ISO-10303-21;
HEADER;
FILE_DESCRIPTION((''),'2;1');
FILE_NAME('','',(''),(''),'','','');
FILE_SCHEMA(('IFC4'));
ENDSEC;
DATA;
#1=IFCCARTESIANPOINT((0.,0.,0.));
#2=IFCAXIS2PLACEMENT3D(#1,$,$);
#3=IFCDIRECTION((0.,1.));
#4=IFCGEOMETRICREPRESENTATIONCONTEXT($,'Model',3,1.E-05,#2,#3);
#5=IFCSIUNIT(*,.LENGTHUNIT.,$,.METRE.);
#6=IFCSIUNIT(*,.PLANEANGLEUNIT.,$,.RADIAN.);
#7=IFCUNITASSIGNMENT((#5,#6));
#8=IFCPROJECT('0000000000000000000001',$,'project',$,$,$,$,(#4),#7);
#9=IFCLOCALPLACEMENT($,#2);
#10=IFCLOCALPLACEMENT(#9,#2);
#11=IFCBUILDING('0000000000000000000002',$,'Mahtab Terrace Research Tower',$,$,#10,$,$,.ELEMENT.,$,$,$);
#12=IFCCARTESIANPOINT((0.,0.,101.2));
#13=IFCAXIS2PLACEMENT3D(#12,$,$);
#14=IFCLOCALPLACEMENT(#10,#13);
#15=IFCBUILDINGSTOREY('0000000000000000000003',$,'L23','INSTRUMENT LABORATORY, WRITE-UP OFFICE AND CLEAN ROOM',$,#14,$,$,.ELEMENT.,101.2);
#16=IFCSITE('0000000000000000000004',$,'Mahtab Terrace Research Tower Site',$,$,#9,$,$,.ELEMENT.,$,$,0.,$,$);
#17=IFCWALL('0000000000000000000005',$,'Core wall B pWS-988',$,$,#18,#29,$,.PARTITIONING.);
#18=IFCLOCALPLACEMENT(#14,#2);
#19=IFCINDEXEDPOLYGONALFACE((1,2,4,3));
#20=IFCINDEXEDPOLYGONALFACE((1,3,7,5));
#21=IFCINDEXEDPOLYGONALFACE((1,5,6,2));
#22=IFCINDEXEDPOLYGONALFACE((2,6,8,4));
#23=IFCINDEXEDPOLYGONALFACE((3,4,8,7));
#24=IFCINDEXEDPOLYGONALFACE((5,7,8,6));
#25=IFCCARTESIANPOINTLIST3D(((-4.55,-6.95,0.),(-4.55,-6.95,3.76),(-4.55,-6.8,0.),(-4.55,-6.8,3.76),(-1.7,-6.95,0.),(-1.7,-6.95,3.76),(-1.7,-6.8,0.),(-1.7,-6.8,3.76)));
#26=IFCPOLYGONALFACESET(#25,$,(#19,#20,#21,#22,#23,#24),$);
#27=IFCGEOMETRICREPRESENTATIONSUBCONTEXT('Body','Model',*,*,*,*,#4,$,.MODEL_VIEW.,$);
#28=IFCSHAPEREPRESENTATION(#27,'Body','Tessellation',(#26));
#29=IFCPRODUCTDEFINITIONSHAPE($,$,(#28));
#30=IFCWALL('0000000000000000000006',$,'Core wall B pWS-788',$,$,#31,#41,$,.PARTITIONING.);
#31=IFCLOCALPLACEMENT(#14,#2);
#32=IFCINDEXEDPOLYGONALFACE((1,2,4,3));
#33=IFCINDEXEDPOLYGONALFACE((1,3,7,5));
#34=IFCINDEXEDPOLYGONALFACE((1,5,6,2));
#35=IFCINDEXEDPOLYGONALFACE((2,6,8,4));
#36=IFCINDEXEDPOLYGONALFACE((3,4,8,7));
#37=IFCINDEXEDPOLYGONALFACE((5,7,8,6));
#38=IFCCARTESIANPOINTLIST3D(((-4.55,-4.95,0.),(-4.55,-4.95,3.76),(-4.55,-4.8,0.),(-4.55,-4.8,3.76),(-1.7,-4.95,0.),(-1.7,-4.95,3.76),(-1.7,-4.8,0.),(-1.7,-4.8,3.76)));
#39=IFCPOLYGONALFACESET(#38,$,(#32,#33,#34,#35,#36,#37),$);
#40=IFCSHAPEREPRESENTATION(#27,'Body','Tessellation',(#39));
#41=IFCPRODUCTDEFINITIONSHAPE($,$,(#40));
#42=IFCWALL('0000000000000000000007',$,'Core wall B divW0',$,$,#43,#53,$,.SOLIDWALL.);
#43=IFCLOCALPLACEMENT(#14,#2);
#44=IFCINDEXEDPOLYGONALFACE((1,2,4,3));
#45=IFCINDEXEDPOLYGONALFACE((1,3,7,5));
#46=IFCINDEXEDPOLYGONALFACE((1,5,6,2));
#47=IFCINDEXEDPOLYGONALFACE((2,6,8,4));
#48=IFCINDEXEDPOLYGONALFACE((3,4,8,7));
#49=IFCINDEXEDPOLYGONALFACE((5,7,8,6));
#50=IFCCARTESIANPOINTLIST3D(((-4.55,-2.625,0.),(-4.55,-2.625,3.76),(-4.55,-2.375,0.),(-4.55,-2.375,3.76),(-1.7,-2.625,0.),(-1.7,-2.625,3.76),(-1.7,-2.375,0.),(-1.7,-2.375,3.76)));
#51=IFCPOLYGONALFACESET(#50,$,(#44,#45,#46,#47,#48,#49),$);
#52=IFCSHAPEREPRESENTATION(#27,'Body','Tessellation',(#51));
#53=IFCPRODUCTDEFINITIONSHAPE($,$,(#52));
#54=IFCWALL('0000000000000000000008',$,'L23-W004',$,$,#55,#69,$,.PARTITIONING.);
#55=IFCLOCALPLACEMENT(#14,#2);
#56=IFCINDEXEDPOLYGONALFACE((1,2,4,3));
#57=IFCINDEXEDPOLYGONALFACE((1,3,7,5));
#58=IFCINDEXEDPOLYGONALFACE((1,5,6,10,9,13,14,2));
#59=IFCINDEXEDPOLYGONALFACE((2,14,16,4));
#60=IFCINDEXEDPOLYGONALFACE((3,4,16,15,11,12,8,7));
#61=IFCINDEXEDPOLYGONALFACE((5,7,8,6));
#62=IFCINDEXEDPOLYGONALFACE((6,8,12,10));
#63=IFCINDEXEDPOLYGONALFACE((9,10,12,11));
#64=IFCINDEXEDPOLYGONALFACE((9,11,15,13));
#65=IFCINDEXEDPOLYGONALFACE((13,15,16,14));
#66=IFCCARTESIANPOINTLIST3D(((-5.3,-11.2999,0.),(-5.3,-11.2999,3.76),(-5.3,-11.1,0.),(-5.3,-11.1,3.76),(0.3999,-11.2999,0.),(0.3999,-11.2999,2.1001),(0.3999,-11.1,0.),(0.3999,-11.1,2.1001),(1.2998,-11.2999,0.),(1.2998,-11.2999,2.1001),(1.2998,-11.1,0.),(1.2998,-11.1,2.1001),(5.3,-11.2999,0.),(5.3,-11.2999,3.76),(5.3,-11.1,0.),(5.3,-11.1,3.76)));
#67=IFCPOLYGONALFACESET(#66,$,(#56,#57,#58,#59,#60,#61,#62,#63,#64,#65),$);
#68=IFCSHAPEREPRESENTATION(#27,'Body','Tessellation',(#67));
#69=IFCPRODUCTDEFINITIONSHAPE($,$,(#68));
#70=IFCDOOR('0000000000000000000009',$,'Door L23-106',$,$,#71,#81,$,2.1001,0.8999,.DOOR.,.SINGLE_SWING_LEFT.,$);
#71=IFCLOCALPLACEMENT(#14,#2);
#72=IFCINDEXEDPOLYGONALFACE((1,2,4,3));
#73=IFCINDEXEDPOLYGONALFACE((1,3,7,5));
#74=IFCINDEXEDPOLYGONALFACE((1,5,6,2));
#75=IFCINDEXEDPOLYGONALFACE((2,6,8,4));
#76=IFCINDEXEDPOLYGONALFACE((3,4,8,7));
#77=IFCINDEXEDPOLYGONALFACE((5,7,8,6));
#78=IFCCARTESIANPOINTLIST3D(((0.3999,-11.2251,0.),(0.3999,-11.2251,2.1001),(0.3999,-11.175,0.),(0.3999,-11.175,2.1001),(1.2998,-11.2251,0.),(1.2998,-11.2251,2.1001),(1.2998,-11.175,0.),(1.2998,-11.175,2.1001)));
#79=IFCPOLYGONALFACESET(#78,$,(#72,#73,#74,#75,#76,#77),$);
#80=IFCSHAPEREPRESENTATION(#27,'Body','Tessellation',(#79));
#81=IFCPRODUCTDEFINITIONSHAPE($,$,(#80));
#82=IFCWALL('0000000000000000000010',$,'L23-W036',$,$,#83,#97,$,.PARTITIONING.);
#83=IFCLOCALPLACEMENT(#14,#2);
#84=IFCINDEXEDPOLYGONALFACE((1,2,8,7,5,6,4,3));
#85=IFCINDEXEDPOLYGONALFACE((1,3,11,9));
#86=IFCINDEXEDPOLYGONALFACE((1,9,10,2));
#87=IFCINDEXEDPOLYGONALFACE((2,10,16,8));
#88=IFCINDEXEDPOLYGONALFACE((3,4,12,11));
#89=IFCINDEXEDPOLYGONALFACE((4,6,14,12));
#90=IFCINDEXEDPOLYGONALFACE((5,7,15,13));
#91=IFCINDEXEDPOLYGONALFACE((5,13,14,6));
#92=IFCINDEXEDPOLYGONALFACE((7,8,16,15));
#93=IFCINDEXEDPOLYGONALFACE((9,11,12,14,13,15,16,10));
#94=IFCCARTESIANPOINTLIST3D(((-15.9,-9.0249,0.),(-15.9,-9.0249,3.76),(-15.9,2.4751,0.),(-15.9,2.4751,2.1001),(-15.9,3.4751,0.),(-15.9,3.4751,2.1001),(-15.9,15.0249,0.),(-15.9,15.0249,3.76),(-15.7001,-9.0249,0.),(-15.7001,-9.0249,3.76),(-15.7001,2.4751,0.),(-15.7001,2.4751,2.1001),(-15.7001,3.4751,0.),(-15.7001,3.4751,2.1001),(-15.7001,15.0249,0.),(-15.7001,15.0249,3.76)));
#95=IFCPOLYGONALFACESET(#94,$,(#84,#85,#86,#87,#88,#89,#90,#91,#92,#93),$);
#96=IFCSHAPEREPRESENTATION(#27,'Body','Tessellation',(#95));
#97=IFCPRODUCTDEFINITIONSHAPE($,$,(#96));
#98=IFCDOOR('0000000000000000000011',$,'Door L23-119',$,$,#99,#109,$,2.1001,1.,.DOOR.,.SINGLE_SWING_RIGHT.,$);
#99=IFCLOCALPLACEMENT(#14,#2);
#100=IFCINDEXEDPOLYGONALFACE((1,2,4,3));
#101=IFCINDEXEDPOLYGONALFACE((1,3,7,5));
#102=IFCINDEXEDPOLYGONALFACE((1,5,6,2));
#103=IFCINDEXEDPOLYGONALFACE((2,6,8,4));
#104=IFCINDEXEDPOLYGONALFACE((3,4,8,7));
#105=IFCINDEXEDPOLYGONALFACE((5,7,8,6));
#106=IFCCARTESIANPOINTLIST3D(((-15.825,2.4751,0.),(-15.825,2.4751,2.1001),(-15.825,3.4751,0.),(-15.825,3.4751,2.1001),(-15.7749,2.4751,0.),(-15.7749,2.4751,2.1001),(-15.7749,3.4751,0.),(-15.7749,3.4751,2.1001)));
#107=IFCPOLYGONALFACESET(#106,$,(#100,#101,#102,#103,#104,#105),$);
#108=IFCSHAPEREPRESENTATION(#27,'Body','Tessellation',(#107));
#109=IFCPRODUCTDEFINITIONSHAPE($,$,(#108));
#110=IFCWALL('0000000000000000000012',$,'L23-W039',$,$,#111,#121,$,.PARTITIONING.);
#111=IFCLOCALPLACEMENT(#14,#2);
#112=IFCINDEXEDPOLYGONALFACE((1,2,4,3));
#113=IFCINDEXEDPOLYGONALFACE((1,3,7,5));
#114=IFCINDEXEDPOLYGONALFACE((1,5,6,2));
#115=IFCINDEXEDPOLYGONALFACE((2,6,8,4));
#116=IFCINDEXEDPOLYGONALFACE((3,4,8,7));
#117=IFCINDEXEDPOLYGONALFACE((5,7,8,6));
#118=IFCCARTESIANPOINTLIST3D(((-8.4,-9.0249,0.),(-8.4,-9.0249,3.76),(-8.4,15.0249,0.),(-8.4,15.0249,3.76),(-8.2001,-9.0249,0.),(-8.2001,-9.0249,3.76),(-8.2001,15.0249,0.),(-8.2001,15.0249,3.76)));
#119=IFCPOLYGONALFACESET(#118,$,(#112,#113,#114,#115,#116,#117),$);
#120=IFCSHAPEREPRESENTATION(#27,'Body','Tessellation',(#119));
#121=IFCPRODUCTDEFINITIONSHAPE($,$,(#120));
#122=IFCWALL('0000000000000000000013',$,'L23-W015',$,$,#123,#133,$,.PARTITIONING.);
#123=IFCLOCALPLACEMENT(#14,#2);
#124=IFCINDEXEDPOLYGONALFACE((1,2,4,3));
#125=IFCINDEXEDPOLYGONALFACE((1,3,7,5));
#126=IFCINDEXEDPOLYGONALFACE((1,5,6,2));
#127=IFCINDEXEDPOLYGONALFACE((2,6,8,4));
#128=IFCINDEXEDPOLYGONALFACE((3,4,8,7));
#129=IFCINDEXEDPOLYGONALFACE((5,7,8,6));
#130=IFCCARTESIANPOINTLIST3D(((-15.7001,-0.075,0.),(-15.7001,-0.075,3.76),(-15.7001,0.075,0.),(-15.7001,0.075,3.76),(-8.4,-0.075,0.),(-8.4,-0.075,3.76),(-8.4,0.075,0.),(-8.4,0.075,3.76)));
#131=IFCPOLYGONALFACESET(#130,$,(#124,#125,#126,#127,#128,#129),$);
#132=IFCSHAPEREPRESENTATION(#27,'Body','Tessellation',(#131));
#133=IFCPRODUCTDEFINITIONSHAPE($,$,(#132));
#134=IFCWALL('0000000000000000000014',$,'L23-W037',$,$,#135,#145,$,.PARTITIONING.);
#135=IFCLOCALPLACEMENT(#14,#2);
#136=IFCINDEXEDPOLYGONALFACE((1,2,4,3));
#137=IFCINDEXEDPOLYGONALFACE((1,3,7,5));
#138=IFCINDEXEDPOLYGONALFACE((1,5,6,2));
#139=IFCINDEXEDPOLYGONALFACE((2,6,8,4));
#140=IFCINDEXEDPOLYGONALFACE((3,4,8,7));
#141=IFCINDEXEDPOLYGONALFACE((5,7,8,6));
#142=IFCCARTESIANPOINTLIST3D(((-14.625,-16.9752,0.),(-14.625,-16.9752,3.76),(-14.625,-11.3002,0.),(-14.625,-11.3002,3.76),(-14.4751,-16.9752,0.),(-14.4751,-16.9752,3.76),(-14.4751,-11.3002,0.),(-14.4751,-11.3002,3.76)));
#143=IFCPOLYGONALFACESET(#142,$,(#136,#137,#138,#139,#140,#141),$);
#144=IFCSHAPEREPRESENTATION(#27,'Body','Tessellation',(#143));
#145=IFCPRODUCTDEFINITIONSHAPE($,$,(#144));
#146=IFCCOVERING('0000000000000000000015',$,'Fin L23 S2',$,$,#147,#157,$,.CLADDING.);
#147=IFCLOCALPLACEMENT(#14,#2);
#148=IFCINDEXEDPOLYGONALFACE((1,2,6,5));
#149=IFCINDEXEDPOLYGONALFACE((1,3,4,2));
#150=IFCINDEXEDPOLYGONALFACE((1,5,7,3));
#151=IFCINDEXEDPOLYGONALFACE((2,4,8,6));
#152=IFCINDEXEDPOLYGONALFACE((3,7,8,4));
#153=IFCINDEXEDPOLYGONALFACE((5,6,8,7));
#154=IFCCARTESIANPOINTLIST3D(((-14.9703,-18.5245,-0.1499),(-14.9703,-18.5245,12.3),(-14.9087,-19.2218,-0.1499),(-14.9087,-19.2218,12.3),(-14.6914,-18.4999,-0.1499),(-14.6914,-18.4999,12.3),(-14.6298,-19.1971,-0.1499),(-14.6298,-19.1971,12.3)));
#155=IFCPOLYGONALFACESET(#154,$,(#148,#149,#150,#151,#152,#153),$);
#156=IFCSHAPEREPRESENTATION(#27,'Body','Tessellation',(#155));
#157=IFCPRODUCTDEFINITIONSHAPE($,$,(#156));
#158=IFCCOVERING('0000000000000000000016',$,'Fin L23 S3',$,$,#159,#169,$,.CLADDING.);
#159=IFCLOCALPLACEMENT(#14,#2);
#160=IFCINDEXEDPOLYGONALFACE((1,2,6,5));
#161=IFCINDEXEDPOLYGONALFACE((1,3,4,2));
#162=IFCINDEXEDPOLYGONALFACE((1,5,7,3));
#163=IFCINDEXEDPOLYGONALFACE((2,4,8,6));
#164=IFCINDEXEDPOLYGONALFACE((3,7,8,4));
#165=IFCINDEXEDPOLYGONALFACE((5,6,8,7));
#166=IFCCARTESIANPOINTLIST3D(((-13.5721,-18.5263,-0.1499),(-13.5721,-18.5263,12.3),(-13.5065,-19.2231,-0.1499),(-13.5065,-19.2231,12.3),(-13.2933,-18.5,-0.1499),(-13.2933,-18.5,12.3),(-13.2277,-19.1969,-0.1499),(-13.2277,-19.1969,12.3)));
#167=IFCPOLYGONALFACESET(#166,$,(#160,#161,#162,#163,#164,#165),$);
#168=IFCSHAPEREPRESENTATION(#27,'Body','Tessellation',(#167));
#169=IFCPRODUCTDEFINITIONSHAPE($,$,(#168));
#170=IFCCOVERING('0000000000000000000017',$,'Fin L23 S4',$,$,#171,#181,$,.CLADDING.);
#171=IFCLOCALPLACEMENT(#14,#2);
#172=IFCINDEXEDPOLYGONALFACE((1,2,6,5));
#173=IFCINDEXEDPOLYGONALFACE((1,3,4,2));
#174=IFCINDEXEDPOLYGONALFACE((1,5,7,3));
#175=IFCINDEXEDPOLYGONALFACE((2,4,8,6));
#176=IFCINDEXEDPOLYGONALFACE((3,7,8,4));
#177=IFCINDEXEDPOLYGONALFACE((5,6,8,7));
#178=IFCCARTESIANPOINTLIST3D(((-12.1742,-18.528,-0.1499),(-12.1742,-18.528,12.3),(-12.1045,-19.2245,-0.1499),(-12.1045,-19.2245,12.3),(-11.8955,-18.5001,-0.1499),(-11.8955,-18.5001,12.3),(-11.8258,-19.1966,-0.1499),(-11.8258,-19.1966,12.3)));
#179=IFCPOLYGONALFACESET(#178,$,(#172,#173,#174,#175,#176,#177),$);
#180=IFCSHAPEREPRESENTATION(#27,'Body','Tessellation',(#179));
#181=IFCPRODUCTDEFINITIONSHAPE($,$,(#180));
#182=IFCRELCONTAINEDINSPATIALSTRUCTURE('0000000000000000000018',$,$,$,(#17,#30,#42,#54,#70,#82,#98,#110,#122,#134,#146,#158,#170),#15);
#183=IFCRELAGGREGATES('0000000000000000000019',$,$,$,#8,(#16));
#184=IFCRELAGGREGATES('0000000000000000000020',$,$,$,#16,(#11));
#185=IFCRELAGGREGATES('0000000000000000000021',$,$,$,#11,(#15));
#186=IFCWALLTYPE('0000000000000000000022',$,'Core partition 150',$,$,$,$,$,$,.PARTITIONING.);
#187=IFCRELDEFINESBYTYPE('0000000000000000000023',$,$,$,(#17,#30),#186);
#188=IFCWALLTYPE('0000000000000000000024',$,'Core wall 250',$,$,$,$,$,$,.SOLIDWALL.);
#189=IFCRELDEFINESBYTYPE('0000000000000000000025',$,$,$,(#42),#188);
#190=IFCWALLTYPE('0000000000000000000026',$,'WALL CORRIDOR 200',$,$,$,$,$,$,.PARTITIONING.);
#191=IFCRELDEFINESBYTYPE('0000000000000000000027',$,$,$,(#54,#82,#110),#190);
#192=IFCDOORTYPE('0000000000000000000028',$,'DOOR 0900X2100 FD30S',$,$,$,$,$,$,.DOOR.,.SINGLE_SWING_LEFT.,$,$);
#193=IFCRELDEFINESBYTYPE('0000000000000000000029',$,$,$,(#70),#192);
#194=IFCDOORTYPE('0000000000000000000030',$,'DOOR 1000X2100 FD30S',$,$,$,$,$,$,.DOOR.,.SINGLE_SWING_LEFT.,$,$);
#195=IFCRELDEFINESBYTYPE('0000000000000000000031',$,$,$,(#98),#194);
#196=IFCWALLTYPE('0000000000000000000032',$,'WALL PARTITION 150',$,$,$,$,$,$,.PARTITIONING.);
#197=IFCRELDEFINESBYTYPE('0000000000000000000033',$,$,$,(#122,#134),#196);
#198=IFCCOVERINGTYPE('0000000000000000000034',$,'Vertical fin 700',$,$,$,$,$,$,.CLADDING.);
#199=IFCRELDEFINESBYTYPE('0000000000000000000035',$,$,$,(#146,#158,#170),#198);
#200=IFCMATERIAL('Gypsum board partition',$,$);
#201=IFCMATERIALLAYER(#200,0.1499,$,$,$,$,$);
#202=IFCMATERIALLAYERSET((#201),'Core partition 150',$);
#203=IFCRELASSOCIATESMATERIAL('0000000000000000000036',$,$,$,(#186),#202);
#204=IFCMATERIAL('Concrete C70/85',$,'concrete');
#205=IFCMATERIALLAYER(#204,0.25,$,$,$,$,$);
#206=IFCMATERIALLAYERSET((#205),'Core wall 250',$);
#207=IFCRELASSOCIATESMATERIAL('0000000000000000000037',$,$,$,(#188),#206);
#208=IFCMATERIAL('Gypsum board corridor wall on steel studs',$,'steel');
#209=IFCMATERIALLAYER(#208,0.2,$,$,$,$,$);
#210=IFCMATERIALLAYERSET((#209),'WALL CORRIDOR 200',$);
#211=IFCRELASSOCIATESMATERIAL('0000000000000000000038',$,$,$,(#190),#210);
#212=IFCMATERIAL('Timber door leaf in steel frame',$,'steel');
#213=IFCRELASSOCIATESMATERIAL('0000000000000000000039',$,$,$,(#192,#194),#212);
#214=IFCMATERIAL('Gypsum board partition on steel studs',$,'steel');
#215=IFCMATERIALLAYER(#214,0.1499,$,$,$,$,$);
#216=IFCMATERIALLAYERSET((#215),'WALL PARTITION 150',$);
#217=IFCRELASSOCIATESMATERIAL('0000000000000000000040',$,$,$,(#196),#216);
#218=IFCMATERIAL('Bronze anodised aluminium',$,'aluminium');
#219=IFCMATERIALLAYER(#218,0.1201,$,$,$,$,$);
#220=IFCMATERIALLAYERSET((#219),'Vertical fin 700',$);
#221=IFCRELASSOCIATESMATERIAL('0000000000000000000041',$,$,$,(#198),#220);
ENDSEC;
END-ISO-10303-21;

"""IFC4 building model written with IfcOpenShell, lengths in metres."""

from ifc_helpers import new_model, si_unit, direction, frame, frame_2d, origin, origin_2d, place, context, subcontext, project, spatial, rectangle, extrude, material, layer, layer_set, type_object, element, fill, save


model = new_model("IFC4")

# Units and contexts
model_context = context("Model", 3, precision=1e-05, world=origin(), true_north=direction((0.0, 1.0)))
body_context = subcontext(model_context, "Body", "Model", "MODEL_VIEW")
ifc_project = project(units=[si_unit("LENGTHUNIT", "METRE"), si_unit("PLANEANGLEUNIT", "RADIAN")], contexts=[model_context])

# Site, building, storey
site_placement = place(None, origin())
site = spatial("IfcSite", under=ifc_project, at=site_placement, Name="Mahtab Terrace Research Tower Site", CompositionType="ELEMENT", RefElevation=0.0)
building_placement = place(site_placement, origin())
building = spatial("IfcBuilding", under=site, at=building_placement, Name="Mahtab Terrace Research Tower", CompositionType="ELEMENT")
storey_placement = place(building_placement, frame((0.0, 0.0, 101.2)))
storey = spatial("IfcBuildingStorey", under=building, at=storey_placement, Name="L23", Description="INSTRUMENT LABORATORY, WRITE-UP OFFICE AND CLEAN ROOM", CompositionType="ELEMENT", Elevation=101.2)

# Shared definitions
ifc_material_1 = material(Name="Concrete C70/85", Category="concrete")

# Walls
ifc_material_2 = material(Name="Gypsum board partition")
ifc_layer_1 = layer(ifc_material_2, 0.1499)
ifc_layer_set_1 = layer_set([ifc_layer_1], Name="Core partition 150")
wall_type_1 = type_object("IfcWallType", Name="Core partition 150", PredefinedType="PARTITIONING", material=ifc_layer_set_1)
for number, where, z_axis, x_axis, name in (
    (1, (-4.55, -6.875, 0.0), (0.0, 0.0, 1.0), (1.0, 0.0, 0.0), "Core wall B pWS-988"),
    (2, (-4.55, -4.875, 0.0), (0.0, 0.0, 1.0), (1.0, 0.0, 0.0), "Core wall B pWS-788"),
):
    element("IfcWall", number, at=place(storey_placement, frame(where, z_axis=z_axis, x_axis=x_axis)), inside=storey, type_object=wall_type_1, Name=name, PredefinedType="PARTITIONING", context=body_context, shape_type="SweptSolid", body=[
        extrude(rectangle(XDim=2.8501, YDim=0.1499, at=frame_2d((1.425, 0.0))), origin(), (0.0, 0.0, 1.0), 3.76),
    ])
ifc_layer_2 = layer(ifc_material_1, 0.25)
ifc_layer_set_2 = layer_set([ifc_layer_2], Name="Core wall 250")
wall_type_2 = type_object("IfcWallType", Name="Core wall 250", PredefinedType="SOLIDWALL", material=ifc_layer_set_2)
wall_1_placement = place(storey_placement, frame((-4.55, -2.5, 0.0), z_axis=(0.0, 0.0, 1.0), x_axis=(1.0, 0.0, 0.0)))
element("IfcWall", 3, at=wall_1_placement, inside=storey, type_object=wall_type_2, Name="Core wall B divW0", PredefinedType="SOLIDWALL", context=body_context, shape_type="SweptSolid", body=[
    extrude(rectangle(XDim=2.8501, YDim=0.25, at=frame_2d((1.425, 0.0))), origin(), (0.0, 0.0, 1.0), 3.76),
])

# Walls, openings, doors
ifc_material_3 = material(Name="Gypsum board corridor wall on steel studs", Category="steel")
ifc_layer_3 = layer(ifc_material_3, 0.2)
ifc_layer_set_3 = layer_set([ifc_layer_3], Name="WALL CORRIDOR 200")
wall_type_3 = type_object("IfcWallType", Name="WALL CORRIDOR 200", PredefinedType="PARTITIONING", material=ifc_layer_set_3)
wall_2_placement = place(storey_placement, frame((-5.3, -11.2, 0.0), z_axis=(0.0, 0.0, 1.0), x_axis=(1.0, 0.0, 0.0)))
wall_2 = element("IfcWall", 4, at=wall_2_placement, inside=storey, type_object=wall_type_3, Name="L23-W004", PredefinedType="PARTITIONING", context=body_context, shape_type="SweptSolid", body=[
    extrude(rectangle(XDim=10.6001, YDim=0.2, at=frame_2d((5.3, 0.0))), origin(), (0.0, 0.0, 1.0), 3.76),
])
opening_1_placement = place(wall_2_placement, frame((5.7, 0.0, 0.0)))
opening_1 = element("IfcOpeningElement", 5, at=opening_1_placement, cuts=wall_2, PredefinedType="OPENING", context=body_context, shape_type="SweptSolid", body=[
    extrude(rectangle(XDim=0.8999, YDim=2.1001, at=frame_2d((0.45, 1.05))), frame((0.0, 0.1099, 0.0), z_axis=(0.0, -1.0, 0.0), x_axis=(1.0, 0.0, 0.0)), (0.0, 0.0, 1.0), 0.22),
])
ifc_material_4 = material(Name="Timber door leaf in steel frame", Category="steel")
door_type_1 = type_object("IfcDoorType", Name="DOOR 0900X2100 FD30S", OperationType="SINGLE_SWING_LEFT", PredefinedType="DOOR", material=ifc_material_4)
door_1_placement = place(opening_1_placement, origin())
door_1 = element("IfcDoor", 6, at=door_1_placement, inside=storey, type_object=door_type_1, Name="Door L23-106", OperationType="SINGLE_SWING_LEFT", OverallHeight=2.1001, OverallWidth=0.8999, PredefinedType="DOOR", context=body_context, shape_type="SweptSolid", body=[
    extrude(rectangle(XDim=0.8999, YDim=2.1001, at=frame_2d((0.45, 1.05))), frame((0.0, 0.0249, 0.0), z_axis=(0.0, -1.0, 0.0), x_axis=(1.0, 0.0, 0.0)), (0.0, 0.0, 1.0), 0.05),
])
fill(opening_1, door_1)
wall_3_placement = place(storey_placement, frame((-15.8, -9.0249, 0.0), z_axis=(0.0, 0.0, 1.0), x_axis=(0.0, 1.0, 0.0)))
wall_3 = element("IfcWall", 7, at=wall_3_placement, inside=storey, type_object=wall_type_3, Name="L23-W036", PredefinedType="PARTITIONING", context=body_context, shape_type="SweptSolid", body=[
    extrude(rectangle(XDim=24.0498, YDim=0.2, at=frame_2d((12.0249, 0.0))), origin(), (0.0, 0.0, 1.0), 3.76),
])
opening_2_placement = place(wall_3_placement, frame((11.5, 0.0, 0.0)))
opening_2 = element("IfcOpeningElement", 8, at=opening_2_placement, cuts=wall_3, PredefinedType="OPENING", context=body_context, shape_type="SweptSolid", body=[
    extrude(rectangle(XDim=1.0, YDim=2.1001, at=frame_2d((0.5, 1.05))), frame((0.0, 0.1099, 0.0), z_axis=(0.0, -1.0, 0.0), x_axis=(1.0, 0.0, 0.0)), (0.0, 0.0, 1.0), 0.22),
])
door_type_2 = type_object("IfcDoorType", Name="DOOR 1000X2100 FD30S", OperationType="SINGLE_SWING_LEFT", PredefinedType="DOOR", material=ifc_material_4)
door_2_placement = place(opening_2_placement, origin())
door_2 = element("IfcDoor", 9, at=door_2_placement, inside=storey, type_object=door_type_2, Name="Door L23-119", OperationType="SINGLE_SWING_RIGHT", OverallHeight=2.1001, OverallWidth=1.0, PredefinedType="DOOR", context=body_context, shape_type="SweptSolid", body=[
    extrude(rectangle(XDim=1.0, YDim=2.1001, at=frame_2d((0.5, 1.05))), frame((0.0, 0.0249, 0.0), z_axis=(0.0, -1.0, 0.0), x_axis=(1.0, 0.0, 0.0)), (0.0, 0.0, 1.0), 0.05),
])
fill(opening_2, door_2)

# Walls
wall_4_placement = place(storey_placement, frame((-8.3, -9.0249, 0.0), z_axis=(0.0, 0.0, 1.0), x_axis=(0.0, 1.0, 0.0)))
element("IfcWall", 10, at=wall_4_placement, inside=storey, type_object=wall_type_3, Name="L23-W039", PredefinedType="PARTITIONING", context=body_context, shape_type="SweptSolid", body=[
    extrude(rectangle(XDim=24.0498, YDim=0.2, at=frame_2d((12.0249, 0.0))), origin(), (0.0, 0.0, 1.0), 3.76),
])
ifc_material_5 = material(Name="Gypsum board partition on steel studs", Category="steel")
ifc_layer_4 = layer(ifc_material_5, 0.1499)
ifc_layer_set_4 = layer_set([ifc_layer_4], Name="WALL PARTITION 150")
wall_type_4 = type_object("IfcWallType", Name="WALL PARTITION 150", PredefinedType="PARTITIONING", material=ifc_layer_set_4)
wall_5_placement = place(storey_placement, frame((-15.7, 0.0, 0.0), z_axis=(0.0, 0.0, 1.0), x_axis=(1.0, 0.0, 0.0)))
element("IfcWall", 11, at=wall_5_placement, inside=storey, type_object=wall_type_4, Name="L23-W015", PredefinedType="PARTITIONING", context=body_context, shape_type="SweptSolid", body=[
    extrude(rectangle(XDim=7.3, YDim=0.1499, at=frame_2d((3.6499, 0.0))), origin(), (0.0, 0.0, 1.0), 3.76),
])
wall_6_placement = place(storey_placement, frame((-14.55, -16.9751, 0.0), z_axis=(0.0, 0.0, 1.0), x_axis=(0.0, 1.0, 0.0)))
element("IfcWall", 12, at=wall_6_placement, inside=storey, type_object=wall_type_4, Name="L23-W037", PredefinedType="PARTITIONING", context=body_context, shape_type="SweptSolid", body=[
    extrude(rectangle(XDim=5.675, YDim=0.1499, at=frame_2d((2.8374, 0.0))), origin(), (0.0, 0.0, 1.0), 3.76),
])

# Coverings
ifc_material_6 = material(Name="Bronze anodised aluminium", Category="aluminium")
ifc_layer_5 = layer(ifc_material_6, 0.1201)
ifc_layer_set_5 = layer_set([ifc_layer_5], Name="Vertical fin 700")
covering_type = type_object("IfcCoveringType", Name="Vertical fin 700", PredefinedType="CLADDING", material=ifc_layer_set_5)
for number, where, z_axis, x_axis, name in (
    (13, (-14.8, -18.8608, -0.1499), (0.0, 0.0, 1.0), (0.996122, 0.087984, 0.0), "Fin L23 S2"),
    (14, (-13.3999, -18.8616, -0.1499), (0.0, 0.0, 1.0), (0.995593, 0.093777, 0.0), "Fin L23 S3"),
    (15, (-12.0, -18.8623, -0.1499), (0.0, 0.0, 1.0), (0.995031, 0.099568, 0.0), "Fin L23 S4"),
):
    element("IfcCovering", number, at=place(storey_placement, frame(where, z_axis=z_axis, x_axis=x_axis)), inside=storey, type_object=covering_type, Name=name, PredefinedType="CLADDING", context=body_context, shape_type="SweptSolid", body=[
        extrude(rectangle(XDim=0.28, YDim=0.7, at=origin_2d()), origin(), (0.0, 0.0, 1.0), 12.45),
    ])

save(model, "model.ifc")
